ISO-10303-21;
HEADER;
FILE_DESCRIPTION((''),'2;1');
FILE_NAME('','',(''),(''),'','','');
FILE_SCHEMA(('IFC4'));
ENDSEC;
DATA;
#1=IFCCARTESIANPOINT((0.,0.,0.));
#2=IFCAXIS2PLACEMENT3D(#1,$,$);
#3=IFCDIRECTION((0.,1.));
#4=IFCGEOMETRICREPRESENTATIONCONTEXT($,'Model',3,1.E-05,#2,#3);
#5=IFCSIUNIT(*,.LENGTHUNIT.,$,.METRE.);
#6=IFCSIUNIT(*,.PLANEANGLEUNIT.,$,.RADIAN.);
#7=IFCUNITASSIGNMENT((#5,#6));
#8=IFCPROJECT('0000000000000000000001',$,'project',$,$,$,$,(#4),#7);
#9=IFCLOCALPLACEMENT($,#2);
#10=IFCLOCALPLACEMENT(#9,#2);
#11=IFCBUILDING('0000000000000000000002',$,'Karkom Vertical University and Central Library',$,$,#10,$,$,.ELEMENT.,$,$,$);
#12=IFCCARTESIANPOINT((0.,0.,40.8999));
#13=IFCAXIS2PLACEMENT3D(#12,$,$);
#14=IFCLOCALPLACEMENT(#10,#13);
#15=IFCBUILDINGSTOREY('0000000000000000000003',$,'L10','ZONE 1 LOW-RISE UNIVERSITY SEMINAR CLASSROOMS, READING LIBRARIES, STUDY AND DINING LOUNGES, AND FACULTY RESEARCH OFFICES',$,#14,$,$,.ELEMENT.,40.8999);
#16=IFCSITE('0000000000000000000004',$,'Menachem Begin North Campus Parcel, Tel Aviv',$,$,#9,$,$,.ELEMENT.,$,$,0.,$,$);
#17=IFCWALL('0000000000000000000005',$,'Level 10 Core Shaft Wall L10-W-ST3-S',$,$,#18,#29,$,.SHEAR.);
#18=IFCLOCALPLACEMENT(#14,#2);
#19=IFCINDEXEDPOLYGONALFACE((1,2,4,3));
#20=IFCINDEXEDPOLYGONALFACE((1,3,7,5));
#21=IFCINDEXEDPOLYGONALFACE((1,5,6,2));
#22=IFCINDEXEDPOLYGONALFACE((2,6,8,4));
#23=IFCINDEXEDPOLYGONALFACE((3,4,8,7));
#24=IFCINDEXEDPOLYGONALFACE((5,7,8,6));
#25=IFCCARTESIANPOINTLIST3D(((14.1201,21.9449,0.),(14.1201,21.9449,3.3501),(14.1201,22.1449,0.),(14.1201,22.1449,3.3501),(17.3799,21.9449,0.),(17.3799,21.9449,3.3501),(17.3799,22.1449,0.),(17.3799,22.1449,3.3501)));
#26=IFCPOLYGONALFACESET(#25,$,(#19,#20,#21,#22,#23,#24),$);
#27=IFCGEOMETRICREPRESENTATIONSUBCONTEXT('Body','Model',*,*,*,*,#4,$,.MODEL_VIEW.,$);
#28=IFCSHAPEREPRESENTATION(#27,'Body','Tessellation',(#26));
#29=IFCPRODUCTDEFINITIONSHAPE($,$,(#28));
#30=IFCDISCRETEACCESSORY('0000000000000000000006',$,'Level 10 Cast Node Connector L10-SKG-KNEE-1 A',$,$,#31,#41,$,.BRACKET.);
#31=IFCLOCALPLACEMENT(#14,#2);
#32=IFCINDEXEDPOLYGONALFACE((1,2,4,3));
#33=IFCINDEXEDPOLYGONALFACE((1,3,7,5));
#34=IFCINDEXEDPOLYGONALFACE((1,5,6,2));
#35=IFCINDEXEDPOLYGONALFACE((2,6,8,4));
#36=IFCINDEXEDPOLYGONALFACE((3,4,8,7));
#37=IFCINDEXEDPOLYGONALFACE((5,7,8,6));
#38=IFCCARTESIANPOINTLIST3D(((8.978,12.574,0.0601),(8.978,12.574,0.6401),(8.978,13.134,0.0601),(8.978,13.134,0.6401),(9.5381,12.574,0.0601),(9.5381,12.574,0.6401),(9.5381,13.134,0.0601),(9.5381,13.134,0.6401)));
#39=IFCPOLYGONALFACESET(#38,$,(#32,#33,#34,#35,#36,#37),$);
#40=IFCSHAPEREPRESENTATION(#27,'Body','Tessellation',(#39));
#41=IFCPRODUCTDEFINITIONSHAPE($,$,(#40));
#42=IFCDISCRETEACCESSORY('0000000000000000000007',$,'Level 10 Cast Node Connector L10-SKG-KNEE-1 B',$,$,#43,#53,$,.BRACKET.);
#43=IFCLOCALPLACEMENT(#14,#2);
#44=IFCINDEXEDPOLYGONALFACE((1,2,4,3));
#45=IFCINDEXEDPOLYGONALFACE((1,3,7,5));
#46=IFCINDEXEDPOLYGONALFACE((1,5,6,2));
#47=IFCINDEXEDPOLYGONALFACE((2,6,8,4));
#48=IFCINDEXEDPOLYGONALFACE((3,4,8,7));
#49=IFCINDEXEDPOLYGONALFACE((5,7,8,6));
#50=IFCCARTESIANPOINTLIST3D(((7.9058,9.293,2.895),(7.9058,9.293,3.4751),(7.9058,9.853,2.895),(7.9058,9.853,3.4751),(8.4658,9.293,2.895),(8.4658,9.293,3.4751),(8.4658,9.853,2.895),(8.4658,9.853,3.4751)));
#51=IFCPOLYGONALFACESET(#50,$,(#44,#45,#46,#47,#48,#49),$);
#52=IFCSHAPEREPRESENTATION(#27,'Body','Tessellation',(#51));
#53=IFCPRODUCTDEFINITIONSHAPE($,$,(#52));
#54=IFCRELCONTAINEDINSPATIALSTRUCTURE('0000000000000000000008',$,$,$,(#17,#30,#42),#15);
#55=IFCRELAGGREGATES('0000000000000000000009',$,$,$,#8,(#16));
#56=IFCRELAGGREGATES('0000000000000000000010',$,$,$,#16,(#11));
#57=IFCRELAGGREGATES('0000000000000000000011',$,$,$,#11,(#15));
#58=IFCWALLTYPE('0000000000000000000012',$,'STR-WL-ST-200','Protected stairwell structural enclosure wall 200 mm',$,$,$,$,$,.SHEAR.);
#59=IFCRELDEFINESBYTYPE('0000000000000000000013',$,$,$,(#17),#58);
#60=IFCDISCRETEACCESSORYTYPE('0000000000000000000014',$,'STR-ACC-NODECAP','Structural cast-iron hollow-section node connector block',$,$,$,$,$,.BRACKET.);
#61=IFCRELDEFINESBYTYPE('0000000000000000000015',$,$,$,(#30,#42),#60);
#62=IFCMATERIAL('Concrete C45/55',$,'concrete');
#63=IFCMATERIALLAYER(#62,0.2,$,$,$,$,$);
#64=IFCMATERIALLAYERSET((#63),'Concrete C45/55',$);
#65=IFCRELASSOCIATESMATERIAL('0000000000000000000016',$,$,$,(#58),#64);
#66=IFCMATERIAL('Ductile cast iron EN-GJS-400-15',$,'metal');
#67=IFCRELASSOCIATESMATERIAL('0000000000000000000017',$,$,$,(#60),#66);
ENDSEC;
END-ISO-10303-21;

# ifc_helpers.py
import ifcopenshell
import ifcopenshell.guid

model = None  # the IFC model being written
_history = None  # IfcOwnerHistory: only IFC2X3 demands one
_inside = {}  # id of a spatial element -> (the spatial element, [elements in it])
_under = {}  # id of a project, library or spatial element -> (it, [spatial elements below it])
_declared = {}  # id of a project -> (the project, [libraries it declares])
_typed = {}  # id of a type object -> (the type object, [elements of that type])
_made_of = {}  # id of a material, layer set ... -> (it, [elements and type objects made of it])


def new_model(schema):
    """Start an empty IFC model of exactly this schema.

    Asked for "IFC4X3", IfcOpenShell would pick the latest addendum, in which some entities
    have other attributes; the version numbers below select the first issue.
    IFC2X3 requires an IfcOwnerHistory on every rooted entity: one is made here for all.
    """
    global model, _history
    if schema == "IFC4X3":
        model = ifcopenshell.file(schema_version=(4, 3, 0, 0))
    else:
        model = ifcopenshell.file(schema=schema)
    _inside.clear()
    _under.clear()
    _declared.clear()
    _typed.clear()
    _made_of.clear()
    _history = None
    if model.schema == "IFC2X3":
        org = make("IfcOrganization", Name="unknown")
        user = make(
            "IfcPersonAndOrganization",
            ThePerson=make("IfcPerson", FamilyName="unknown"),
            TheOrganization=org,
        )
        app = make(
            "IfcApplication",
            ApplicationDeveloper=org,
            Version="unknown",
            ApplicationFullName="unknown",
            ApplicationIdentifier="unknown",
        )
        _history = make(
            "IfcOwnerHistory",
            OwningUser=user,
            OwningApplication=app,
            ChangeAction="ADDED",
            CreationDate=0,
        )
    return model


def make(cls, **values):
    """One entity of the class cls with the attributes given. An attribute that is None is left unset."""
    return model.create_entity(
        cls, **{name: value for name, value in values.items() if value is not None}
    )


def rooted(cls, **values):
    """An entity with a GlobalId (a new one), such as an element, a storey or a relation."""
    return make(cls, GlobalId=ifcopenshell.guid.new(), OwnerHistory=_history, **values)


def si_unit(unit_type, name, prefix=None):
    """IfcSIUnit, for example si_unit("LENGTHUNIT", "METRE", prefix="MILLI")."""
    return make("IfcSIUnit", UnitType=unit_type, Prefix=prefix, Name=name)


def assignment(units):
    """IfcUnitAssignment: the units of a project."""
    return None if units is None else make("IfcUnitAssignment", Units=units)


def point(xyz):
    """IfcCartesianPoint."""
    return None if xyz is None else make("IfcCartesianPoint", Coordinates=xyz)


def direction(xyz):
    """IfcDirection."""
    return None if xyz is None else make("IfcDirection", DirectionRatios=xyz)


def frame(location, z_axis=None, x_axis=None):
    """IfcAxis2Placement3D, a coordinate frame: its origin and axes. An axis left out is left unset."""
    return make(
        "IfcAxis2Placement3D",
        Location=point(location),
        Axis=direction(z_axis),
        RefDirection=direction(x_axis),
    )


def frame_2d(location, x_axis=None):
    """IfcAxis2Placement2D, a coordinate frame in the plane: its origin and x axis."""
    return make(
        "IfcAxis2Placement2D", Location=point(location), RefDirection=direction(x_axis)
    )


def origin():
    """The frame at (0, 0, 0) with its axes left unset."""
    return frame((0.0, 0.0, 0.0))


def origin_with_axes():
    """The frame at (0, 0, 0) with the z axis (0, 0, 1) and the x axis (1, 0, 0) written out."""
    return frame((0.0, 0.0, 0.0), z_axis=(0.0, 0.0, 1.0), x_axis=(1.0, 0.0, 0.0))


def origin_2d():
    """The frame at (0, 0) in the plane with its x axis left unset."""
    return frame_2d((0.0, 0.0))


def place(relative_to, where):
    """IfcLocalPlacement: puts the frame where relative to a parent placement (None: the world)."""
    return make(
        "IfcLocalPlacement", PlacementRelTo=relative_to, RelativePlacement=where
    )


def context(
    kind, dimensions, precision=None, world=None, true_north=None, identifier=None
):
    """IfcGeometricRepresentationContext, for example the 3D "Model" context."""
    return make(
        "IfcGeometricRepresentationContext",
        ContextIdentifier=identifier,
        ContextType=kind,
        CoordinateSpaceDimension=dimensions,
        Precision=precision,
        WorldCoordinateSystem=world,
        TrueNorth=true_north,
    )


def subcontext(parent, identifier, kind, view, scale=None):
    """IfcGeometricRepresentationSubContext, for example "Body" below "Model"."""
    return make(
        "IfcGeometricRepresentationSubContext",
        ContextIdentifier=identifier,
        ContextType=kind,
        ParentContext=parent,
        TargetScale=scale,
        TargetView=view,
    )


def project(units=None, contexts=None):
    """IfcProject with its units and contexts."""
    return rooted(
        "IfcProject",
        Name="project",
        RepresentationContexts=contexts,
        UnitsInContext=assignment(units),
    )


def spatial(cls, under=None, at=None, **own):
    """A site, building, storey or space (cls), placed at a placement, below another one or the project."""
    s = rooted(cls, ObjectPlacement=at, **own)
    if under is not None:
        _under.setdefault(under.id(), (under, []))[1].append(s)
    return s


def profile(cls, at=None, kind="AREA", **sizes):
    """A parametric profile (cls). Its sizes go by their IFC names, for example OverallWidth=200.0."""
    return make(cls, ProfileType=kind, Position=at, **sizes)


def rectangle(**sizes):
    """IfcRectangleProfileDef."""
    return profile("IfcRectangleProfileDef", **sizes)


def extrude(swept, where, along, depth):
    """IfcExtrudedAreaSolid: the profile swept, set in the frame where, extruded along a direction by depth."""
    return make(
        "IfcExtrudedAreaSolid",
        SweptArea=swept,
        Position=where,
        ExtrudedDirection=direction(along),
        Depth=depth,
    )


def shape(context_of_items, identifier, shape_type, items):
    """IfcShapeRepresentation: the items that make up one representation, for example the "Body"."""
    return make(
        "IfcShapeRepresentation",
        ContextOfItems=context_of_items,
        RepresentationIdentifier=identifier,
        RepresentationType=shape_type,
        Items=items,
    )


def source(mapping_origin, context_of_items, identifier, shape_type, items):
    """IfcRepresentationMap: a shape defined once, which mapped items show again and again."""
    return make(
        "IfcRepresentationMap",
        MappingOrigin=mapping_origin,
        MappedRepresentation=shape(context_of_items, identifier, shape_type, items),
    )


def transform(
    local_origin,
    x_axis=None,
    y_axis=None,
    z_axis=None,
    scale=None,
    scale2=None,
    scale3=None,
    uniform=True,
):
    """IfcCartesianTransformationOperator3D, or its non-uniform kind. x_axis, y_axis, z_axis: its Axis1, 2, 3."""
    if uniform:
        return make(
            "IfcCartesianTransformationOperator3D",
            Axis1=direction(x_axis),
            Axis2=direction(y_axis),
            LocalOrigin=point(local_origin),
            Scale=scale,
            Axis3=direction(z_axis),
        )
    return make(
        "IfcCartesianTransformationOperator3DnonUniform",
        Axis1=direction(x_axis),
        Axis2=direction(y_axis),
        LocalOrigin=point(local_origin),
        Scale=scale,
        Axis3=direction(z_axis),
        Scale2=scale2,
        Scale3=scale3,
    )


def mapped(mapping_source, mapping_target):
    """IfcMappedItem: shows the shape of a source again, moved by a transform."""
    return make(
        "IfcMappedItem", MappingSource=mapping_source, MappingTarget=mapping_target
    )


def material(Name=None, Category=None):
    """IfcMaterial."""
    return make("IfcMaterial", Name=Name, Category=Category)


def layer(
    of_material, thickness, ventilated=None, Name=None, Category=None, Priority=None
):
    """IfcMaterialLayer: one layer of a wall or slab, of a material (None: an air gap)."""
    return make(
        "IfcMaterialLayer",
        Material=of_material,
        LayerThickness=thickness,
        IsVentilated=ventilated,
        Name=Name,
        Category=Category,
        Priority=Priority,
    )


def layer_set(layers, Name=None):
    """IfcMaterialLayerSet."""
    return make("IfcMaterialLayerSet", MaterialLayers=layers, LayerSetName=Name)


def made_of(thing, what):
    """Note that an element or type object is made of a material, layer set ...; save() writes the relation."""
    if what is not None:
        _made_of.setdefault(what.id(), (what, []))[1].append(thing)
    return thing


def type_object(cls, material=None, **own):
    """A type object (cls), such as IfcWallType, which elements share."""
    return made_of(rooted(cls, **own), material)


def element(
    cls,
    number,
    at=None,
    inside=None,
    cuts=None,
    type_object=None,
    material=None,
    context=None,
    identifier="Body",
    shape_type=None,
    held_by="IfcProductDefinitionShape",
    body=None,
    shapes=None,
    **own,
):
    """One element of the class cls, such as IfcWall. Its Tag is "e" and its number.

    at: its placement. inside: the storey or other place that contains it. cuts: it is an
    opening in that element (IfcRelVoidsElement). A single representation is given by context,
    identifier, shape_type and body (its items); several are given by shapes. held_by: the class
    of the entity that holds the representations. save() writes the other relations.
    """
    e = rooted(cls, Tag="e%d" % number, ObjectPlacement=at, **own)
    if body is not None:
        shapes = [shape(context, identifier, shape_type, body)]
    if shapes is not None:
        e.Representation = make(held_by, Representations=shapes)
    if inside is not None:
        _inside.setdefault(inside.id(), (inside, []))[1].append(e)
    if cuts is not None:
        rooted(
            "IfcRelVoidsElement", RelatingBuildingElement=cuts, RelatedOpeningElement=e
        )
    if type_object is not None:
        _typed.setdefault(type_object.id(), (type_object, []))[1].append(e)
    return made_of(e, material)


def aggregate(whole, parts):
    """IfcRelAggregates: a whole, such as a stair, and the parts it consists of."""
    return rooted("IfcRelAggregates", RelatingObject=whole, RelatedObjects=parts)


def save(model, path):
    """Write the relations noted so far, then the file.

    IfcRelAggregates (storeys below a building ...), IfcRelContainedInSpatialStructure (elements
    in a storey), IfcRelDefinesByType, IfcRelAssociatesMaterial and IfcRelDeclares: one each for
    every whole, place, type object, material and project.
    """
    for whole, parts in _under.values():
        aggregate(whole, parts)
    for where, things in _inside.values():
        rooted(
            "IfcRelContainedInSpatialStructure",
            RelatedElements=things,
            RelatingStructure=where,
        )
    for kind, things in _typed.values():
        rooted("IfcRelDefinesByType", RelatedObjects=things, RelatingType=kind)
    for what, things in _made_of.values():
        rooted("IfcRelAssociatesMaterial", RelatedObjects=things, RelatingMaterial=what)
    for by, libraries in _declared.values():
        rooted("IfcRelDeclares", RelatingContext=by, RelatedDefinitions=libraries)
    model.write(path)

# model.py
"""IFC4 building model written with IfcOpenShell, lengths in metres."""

from ifc_helpers import new_model, si_unit, direction, frame, frame_2d, origin, origin_with_axes, origin_2d, place, context, subcontext, project, spatial, rectangle, extrude, source, transform, mapped, material, layer, layer_set, type_object, element, save


model = new_model("IFC4")

# Units and contexts
model_context = context("Model", 3, precision=1e-05, world=origin(), true_north=direction((0.0, 1.0)))
body_context = subcontext(model_context, "Body", "Model", "MODEL_VIEW")
ifc_project = project(units=[si_unit("LENGTHUNIT", "METRE"), si_unit("PLANEANGLEUNIT", "RADIAN")], contexts=[model_context])

# Site, building, storey
site_placement = place(None, origin())
site = spatial("IfcSite", under=ifc_project, at=site_placement, Name="Menachem Begin North Campus Parcel, Tel Aviv", CompositionType="ELEMENT", RefElevation=0.0)
building_placement = place(site_placement, origin())
building = spatial("IfcBuilding", under=site, at=building_placement, Name="Karkom Vertical University and Central Library", CompositionType="ELEMENT")
storey_placement = place(building_placement, frame((0.0, 0.0, 40.8999)))
storey = spatial("IfcBuildingStorey", under=building, at=storey_placement, Name="L10", Description="ZONE 1 LOW-RISE UNIVERSITY SEMINAR CLASSROOMS, READING LIBRARIES, STUDY AND DINING LOUNGES, AND FACULTY RESEARCH OFFICES", CompositionType="ELEMENT", Elevation=40.8999)

# Shared definitions
ifc_material_1 = material(Name="Concrete C45/55", Category="concrete")

# Wall
ifc_layer_1 = layer(ifc_material_1, 0.2)
ifc_layer_set_1 = layer_set([ifc_layer_1], Name="Concrete C45/55")
wall_type_1 = type_object("IfcWallType", Name="STR-WL-ST-200", Description="Protected stairwell structural enclosure wall 200 mm", PredefinedType="SHEAR", material=ifc_layer_set_1)
wall_1_placement = place(storey_placement, frame((14.1201, 22.0449, 0.0), z_axis=(0.0, 0.0, 1.0), x_axis=(1.0, 0.0, 0.0)))
element("IfcWall", 1, at=wall_1_placement, inside=storey, type_object=wall_type_1, Name="Level 10 Core Shaft Wall L10-W-ST3-S", PredefinedType="SHEAR", context=body_context, shape_type="SweptSolid", body=[
    extrude(rectangle(XDim=3.2598, YDim=0.2, at=frame_2d((1.6299, 0.0))), origin(), (0.0, 0.0, 1.0), 3.3501),
])

# Discrete accessories
ifc_material_2 = material(Name="Ductile cast iron EN-GJS-400-15", Category="metal")
discrete_accessory_type = type_object("IfcDiscreteAccessoryType", Name="STR-ACC-NODECAP", Description="Structural cast-iron hollow-section node connector block", PredefinedType="BRACKET", material=ifc_material_2)
shared_shape_1 = source(origin_with_axes(), body_context, "Body", "SweptSolid", [
    extrude(rectangle(XDim=0.5601, YDim=0.5601, at=origin_2d()), origin(), (0.0, 0.0, 1.0), 0.5801),
])
for number, where, z_axis, x_axis, name in (
    (2, (9.2581, 12.854, 0.0601), (0.0, 0.0, 1.0), (1.0, 0.0, 0.0), "Level 10 Cast Node Connector L10-SKG-KNEE-1 A"),
    (3, (8.1858, 9.573, 2.895), (0.0, 0.0, 1.0), (1.0, 0.0, 0.0), "Level 10 Cast Node Connector L10-SKG-KNEE-1 B"),
):
    element("IfcDiscreteAccessory", number, at=place(storey_placement, frame(where, z_axis=z_axis, x_axis=x_axis)), inside=storey, type_object=discrete_accessory_type, Name=name, PredefinedType="BRACKET", context=body_context, shape_type="MappedRepresentation", body=[
        mapped(shared_shape_1, transform((0.0, 0.0, 0.0), scale=1.0)),
    ])

save(model, "model.ifc")
